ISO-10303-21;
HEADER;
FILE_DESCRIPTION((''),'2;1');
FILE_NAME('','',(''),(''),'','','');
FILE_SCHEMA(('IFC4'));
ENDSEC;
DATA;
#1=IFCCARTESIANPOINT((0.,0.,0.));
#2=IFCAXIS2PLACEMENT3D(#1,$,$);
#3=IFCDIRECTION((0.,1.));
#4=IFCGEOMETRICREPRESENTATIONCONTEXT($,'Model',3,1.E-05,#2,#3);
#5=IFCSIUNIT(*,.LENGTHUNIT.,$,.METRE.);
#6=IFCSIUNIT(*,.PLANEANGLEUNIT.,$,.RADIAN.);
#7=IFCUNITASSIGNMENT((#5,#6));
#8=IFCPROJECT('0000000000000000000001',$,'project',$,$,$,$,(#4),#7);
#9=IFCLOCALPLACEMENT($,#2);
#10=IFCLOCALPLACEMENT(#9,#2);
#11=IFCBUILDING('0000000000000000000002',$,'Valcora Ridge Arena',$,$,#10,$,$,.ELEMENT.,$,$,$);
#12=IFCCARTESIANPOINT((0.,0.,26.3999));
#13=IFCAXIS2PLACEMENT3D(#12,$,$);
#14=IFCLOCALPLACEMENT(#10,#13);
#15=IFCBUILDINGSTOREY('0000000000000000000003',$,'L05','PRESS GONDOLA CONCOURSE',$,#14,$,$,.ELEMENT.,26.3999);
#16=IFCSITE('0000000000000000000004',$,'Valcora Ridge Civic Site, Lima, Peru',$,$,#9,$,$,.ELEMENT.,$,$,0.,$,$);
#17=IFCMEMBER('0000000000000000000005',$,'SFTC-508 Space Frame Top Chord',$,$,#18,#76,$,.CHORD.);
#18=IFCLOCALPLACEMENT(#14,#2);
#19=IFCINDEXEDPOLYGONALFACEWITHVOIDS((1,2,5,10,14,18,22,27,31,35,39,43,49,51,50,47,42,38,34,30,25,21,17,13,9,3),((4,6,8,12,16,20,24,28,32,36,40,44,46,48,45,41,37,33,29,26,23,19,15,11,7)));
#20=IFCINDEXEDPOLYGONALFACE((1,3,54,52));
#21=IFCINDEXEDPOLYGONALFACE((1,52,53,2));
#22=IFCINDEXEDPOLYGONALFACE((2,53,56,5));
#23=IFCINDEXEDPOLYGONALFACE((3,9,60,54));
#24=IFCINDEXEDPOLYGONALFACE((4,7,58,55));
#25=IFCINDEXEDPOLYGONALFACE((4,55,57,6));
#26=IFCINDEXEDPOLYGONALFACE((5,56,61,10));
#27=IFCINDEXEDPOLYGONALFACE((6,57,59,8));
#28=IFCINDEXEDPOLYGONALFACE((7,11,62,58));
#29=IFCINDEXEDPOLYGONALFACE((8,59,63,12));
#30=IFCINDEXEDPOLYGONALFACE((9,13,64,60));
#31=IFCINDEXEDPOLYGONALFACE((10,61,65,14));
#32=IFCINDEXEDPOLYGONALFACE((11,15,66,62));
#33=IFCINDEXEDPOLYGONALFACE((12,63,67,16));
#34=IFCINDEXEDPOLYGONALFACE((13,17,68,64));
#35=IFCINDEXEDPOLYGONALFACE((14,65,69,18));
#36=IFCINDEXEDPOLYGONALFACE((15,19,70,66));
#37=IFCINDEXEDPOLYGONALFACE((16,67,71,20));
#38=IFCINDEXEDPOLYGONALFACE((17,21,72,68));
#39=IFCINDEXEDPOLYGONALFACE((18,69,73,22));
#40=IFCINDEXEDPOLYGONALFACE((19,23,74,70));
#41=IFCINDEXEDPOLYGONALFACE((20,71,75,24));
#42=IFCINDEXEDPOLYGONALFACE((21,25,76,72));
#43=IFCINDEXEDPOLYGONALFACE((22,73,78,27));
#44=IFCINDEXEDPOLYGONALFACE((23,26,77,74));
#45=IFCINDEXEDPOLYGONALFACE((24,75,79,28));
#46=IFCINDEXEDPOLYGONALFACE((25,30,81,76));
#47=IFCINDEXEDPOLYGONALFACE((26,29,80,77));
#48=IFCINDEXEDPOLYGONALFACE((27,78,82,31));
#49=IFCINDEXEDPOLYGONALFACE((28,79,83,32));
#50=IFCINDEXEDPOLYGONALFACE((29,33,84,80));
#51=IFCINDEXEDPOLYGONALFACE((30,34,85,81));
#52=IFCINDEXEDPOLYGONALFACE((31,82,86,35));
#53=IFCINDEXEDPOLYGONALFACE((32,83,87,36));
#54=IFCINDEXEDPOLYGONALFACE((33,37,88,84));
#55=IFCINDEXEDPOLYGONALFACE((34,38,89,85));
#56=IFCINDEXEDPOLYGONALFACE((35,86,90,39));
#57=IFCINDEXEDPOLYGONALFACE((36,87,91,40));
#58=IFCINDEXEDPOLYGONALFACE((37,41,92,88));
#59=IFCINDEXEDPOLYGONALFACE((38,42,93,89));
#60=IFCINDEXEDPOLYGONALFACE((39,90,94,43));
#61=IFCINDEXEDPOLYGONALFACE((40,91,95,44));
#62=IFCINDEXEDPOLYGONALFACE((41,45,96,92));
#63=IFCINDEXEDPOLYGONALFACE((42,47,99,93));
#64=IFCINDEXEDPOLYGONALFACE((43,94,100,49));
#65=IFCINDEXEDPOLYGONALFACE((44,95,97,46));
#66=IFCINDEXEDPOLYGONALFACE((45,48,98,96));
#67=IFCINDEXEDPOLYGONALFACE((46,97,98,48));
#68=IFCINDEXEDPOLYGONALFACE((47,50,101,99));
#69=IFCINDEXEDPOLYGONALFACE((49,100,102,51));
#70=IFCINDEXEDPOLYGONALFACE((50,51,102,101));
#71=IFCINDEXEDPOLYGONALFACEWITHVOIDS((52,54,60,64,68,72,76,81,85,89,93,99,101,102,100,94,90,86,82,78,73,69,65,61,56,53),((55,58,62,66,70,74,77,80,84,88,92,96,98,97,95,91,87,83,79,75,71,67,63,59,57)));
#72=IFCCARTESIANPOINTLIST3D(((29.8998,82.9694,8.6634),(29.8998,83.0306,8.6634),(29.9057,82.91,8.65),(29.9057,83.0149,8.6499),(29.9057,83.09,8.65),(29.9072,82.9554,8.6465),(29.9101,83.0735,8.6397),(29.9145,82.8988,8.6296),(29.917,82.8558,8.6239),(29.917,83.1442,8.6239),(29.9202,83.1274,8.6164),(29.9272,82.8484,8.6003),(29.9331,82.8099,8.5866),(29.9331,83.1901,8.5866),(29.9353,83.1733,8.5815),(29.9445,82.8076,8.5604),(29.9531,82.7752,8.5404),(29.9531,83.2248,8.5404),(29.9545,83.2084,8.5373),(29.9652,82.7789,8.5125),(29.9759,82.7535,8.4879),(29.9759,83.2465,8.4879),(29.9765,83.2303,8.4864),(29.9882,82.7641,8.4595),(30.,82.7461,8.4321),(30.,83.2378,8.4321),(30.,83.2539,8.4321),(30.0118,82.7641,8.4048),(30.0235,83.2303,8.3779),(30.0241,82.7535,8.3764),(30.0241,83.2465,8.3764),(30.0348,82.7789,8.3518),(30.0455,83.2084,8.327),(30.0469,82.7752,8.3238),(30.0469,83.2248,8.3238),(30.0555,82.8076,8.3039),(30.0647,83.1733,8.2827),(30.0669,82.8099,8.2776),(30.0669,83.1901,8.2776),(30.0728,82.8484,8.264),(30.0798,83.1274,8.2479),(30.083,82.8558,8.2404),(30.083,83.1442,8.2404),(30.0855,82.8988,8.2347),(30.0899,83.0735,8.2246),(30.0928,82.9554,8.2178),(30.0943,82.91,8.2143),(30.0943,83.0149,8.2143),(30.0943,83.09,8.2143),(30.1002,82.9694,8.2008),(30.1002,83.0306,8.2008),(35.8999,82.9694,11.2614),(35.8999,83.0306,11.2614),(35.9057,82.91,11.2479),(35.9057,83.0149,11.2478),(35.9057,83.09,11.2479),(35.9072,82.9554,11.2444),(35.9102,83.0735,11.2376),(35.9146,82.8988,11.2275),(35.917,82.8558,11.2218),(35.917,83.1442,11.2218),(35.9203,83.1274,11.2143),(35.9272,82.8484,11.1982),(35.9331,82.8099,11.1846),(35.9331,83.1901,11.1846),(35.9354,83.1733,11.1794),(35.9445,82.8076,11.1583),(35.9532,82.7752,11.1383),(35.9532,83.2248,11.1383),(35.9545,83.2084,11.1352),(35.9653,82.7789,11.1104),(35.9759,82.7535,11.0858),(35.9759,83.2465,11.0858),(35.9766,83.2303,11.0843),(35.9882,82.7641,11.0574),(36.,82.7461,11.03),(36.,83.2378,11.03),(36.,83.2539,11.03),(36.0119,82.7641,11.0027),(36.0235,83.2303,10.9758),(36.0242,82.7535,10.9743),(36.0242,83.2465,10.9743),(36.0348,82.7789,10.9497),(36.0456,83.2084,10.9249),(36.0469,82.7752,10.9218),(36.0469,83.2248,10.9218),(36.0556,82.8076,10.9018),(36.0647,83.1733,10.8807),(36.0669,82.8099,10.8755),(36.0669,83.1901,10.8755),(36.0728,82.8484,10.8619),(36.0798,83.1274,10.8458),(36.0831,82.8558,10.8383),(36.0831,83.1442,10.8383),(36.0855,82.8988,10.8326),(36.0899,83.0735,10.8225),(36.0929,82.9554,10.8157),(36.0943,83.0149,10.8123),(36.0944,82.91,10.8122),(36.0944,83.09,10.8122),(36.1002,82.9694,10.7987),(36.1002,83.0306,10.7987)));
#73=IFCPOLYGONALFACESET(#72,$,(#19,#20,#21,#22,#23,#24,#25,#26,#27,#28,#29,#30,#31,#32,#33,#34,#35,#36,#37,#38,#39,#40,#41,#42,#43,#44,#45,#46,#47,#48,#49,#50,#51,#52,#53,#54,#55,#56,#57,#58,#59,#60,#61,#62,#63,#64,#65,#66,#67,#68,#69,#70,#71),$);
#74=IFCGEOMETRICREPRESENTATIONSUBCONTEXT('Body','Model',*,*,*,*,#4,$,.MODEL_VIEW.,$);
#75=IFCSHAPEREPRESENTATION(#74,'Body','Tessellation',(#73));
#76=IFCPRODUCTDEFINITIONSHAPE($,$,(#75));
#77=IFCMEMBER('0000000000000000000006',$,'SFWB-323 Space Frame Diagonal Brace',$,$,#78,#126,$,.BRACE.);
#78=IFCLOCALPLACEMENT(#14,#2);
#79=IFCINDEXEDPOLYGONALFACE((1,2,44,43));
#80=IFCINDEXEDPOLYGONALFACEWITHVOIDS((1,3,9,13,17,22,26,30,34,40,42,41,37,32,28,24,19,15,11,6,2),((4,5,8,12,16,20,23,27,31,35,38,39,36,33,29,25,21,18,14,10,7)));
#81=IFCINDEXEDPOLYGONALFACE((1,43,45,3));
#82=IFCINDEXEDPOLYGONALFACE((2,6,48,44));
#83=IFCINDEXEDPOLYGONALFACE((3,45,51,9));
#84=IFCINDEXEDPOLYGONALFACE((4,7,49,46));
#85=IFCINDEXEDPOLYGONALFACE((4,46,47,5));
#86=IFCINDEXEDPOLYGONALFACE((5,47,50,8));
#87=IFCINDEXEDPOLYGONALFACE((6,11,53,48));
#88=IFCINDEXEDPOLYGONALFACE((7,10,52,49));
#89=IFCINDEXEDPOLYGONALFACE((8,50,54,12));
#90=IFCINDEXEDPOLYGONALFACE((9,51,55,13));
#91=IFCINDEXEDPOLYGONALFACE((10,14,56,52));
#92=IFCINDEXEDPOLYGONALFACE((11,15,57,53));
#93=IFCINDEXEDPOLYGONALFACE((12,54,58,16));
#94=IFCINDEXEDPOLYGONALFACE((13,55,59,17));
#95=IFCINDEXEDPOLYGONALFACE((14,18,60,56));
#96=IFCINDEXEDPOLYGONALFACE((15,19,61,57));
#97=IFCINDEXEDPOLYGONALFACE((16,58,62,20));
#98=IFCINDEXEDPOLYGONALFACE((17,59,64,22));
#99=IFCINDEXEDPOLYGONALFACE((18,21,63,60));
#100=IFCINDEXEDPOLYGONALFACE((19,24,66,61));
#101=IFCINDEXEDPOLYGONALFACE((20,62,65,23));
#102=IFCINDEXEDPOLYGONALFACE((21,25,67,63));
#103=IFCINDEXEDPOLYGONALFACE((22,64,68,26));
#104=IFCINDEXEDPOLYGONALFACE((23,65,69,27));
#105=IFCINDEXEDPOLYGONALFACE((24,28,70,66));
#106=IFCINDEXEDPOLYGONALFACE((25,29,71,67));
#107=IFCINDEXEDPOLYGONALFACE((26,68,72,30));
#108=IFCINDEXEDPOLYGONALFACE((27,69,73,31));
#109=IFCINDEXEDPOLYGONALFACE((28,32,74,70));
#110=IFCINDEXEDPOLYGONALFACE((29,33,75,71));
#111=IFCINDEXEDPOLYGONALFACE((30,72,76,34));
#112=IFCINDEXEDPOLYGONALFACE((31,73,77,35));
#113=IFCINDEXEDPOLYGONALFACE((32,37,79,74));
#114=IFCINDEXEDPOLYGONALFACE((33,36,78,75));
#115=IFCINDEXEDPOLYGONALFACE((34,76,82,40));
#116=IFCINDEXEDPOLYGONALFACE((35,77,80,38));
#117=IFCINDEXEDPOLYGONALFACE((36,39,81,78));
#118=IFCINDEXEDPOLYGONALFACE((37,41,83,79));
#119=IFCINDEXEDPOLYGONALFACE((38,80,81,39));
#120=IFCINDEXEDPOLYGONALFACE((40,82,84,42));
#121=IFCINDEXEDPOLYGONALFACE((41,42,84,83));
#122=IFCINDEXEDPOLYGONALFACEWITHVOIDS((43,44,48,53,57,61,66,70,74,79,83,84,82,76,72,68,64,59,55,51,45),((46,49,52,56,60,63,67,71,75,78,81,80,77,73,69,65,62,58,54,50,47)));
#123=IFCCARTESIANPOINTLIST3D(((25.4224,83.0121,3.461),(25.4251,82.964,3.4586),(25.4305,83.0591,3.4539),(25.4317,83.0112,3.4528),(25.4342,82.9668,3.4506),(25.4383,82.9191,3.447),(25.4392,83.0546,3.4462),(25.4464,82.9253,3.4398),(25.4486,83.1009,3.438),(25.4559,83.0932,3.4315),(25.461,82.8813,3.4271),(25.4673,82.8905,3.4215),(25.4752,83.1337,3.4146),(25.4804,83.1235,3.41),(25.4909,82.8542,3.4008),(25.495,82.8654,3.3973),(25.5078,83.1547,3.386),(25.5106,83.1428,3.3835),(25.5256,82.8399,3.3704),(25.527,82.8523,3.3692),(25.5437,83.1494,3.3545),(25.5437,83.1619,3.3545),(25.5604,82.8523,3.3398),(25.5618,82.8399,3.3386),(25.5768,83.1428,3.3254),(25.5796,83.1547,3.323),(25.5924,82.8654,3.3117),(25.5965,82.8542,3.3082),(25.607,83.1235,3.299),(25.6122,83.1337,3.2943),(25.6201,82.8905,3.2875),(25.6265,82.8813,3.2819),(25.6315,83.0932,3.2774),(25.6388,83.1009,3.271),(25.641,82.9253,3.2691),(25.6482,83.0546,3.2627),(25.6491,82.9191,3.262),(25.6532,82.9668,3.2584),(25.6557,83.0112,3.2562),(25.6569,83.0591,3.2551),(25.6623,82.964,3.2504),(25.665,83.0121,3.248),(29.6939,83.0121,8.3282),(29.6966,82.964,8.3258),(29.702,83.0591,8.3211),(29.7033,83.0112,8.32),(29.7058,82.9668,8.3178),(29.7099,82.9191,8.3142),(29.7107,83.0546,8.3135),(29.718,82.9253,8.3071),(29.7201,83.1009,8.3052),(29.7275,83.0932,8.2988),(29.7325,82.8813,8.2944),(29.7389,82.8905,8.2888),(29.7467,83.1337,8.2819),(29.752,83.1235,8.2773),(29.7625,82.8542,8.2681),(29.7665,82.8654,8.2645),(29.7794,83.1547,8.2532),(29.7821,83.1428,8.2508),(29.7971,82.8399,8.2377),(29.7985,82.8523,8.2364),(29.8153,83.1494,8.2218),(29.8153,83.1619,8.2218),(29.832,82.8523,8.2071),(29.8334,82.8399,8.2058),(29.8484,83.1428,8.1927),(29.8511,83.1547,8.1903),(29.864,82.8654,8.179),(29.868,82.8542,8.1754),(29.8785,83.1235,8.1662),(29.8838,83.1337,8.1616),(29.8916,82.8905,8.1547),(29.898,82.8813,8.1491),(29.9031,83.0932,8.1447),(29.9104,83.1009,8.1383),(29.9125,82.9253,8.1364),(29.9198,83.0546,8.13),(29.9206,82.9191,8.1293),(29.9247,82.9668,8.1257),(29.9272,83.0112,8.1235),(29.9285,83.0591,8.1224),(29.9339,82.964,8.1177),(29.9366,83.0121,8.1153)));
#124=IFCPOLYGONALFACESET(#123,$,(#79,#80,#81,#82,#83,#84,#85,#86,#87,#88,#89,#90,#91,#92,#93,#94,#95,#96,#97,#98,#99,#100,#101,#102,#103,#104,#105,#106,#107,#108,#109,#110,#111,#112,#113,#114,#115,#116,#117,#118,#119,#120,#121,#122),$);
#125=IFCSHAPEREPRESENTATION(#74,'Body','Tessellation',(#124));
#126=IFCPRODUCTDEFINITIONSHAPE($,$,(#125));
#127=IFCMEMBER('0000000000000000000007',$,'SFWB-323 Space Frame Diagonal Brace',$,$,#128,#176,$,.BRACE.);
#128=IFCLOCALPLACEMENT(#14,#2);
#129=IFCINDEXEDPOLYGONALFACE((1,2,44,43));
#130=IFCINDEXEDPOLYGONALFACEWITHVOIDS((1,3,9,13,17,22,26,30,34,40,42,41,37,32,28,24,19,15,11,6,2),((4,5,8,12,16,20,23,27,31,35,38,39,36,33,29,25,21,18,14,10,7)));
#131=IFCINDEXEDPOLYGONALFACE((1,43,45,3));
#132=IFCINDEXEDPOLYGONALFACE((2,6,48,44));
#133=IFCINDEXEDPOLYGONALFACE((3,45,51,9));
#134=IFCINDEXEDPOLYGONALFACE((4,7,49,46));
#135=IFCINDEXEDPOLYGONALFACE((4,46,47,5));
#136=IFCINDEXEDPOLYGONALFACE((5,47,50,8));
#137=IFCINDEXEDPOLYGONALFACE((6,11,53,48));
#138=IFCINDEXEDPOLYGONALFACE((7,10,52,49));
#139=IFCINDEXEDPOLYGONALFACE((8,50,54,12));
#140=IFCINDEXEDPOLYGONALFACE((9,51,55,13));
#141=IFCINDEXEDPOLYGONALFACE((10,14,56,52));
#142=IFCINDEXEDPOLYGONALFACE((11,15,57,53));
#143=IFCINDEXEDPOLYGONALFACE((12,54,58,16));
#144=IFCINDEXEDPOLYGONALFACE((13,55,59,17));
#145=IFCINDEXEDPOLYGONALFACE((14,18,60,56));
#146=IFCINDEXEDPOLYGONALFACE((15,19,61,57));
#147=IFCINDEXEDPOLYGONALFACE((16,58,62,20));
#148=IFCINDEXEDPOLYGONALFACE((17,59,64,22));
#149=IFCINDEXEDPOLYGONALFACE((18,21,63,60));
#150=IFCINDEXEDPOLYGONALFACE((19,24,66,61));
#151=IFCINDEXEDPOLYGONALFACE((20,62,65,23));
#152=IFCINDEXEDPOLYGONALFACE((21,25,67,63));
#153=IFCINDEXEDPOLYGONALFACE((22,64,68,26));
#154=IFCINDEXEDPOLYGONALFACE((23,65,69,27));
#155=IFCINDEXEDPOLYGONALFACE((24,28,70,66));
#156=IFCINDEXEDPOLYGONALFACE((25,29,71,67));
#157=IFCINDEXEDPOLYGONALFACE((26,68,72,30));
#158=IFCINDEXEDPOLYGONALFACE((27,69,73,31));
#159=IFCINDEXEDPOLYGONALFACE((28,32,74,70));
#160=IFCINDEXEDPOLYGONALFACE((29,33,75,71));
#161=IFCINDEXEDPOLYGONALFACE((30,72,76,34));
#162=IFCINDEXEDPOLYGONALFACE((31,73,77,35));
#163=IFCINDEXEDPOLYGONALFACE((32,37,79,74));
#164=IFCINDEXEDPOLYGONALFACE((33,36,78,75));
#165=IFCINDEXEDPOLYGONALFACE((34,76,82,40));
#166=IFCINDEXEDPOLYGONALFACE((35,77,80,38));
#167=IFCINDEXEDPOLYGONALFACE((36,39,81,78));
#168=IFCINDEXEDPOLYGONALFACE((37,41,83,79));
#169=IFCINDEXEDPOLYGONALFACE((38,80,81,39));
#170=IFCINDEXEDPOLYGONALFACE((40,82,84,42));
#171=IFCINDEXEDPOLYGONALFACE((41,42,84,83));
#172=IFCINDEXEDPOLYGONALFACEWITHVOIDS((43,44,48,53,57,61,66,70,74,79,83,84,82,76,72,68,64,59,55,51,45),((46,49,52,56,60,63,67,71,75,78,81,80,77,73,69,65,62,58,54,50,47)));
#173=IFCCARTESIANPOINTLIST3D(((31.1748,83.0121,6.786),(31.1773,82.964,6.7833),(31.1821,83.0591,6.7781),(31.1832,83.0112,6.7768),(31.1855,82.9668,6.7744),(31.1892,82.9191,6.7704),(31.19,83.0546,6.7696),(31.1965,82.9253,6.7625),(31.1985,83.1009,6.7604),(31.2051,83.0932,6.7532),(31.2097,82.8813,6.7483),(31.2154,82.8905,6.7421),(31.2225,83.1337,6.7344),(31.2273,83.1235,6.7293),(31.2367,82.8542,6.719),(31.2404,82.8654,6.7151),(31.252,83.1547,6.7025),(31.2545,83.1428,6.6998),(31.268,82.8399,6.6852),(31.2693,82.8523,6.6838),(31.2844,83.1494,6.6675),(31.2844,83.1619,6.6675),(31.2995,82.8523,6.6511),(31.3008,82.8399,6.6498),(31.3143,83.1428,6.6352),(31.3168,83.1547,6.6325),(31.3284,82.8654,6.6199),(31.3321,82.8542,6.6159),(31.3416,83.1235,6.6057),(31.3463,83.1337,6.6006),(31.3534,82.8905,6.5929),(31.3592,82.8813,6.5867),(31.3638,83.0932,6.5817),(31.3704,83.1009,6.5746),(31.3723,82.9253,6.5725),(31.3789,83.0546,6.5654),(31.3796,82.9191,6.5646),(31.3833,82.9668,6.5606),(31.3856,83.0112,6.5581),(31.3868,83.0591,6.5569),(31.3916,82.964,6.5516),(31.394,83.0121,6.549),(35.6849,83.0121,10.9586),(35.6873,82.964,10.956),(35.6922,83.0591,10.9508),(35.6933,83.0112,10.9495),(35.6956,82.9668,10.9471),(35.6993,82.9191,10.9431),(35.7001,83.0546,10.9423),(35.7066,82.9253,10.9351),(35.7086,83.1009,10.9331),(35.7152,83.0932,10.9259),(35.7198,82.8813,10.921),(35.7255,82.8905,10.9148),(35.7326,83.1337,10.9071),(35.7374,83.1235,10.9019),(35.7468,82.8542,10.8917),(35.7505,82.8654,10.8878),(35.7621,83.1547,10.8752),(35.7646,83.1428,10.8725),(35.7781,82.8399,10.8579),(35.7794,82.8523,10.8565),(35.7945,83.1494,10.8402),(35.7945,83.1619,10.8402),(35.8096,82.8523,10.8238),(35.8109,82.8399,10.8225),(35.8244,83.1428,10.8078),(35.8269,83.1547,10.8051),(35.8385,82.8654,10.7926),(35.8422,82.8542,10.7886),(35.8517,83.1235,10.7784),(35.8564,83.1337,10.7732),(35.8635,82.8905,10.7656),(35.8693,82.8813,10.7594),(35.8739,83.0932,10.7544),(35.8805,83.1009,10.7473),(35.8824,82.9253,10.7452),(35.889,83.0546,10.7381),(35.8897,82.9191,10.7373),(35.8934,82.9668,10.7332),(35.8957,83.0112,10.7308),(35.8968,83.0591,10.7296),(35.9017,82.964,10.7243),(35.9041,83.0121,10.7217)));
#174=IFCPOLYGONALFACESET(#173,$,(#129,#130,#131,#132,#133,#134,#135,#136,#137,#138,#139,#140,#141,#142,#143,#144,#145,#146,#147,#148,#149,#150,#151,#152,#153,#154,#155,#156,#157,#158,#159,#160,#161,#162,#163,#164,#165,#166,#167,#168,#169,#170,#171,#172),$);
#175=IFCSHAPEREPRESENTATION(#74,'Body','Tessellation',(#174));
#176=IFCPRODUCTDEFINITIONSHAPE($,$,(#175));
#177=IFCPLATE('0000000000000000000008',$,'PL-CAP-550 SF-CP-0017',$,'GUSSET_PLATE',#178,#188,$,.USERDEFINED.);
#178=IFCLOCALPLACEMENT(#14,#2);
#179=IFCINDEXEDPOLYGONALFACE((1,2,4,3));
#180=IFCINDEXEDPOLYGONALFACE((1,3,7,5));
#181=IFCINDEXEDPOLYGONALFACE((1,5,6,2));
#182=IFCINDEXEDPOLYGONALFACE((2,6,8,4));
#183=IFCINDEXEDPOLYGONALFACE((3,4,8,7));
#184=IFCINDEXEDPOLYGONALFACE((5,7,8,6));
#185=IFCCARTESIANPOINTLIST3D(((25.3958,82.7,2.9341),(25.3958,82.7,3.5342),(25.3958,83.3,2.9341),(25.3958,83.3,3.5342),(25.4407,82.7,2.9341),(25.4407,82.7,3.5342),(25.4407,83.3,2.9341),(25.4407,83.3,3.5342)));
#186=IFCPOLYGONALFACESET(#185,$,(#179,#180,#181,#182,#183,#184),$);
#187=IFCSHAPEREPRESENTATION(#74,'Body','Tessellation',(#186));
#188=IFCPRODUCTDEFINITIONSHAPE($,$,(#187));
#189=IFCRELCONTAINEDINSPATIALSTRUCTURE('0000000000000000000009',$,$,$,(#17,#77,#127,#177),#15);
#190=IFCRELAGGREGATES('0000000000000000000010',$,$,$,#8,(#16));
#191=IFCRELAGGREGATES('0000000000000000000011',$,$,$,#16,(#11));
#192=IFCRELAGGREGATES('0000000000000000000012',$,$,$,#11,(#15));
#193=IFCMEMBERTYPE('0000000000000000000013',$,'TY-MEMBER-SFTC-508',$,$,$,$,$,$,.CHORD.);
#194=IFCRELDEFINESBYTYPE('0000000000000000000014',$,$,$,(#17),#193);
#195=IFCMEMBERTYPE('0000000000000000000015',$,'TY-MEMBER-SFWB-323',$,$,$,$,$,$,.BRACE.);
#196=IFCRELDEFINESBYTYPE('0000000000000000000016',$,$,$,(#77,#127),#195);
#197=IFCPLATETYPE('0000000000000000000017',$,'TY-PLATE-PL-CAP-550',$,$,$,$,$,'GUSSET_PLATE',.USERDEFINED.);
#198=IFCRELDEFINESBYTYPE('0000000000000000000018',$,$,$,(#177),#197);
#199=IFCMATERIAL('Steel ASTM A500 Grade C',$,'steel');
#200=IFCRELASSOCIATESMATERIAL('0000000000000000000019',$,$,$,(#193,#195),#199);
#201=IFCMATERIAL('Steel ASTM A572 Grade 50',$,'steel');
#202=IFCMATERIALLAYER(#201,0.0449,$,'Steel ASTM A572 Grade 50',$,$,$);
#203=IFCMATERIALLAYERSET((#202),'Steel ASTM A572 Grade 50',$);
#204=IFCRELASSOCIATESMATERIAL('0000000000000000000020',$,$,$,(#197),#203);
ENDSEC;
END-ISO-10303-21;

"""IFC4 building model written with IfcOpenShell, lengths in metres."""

from ifc_helpers import new_model, si_unit, direction, frame, origin, origin_2d, place, context, subcontext, project, spatial, rectangle, hollow_circle, extrude, material, layer, layer_set, material_profile, profile_set, type_object, element, save


model = new_model("IFC4")

# Units and contexts
model_context = context("Model", 3, precision=1e-05, world=origin(), true_north=direction((0.0, 1.0)))
body_context = subcontext(model_context, "Body", "Model", "MODEL_VIEW")
ifc_project = project(units=[si_unit("LENGTHUNIT", "METRE"), si_unit("PLANEANGLEUNIT", "RADIAN")], contexts=[model_context])

# Site, building, storey
site_placement = place(None, origin())
site = spatial("IfcSite", under=ifc_project, at=site_placement, Name="Valcora Ridge Civic Site, Lima, Peru", CompositionType="ELEMENT", RefElevation=0.0)
building_placement = place(site_placement, origin())
building = spatial("IfcBuilding", under=site, at=building_placement, Name="Valcora Ridge Arena", CompositionType="ELEMENT")
storey_placement = place(building_placement, frame((0.0, 0.0, 26.3999)))
storey = spatial("IfcBuildingStorey", under=building, at=storey_placement, Name="L05", Description="PRESS GONDOLA CONCOURSE", CompositionType="ELEMENT", Elevation=26.3999)

# Members
ifc_material_1 = material(Name="Steel ASTM A572 Grade 50", Category="steel")
ifc_material_2 = material(Name="Steel ASTM A500 Grade C", Category="steel")
ifc_material_profile_1 = material_profile(ifc_material_2, hollow_circle(Radius=0.2539, WallThickness=0.0161, at=origin_2d()), Name="CHS508X16")
ifc_profile_set_1 = profile_set([ifc_material_profile_1], Name="Steel ASTM A500 Grade C")
member_type_1 = type_object("IfcMemberType", Name="TY-MEMBER-SFTC-508", PredefinedType="CHORD", material=ifc_profile_set_1)
member_1_placement = place(storey_placement, frame((30.0, 83.0, 8.4321), z_axis=(0.917673, 0.0, 0.397337), x_axis=(0.0, 1.0, 0.0)))
element("IfcMember", 1, at=member_1_placement, inside=storey, type_object=member_type_1, Name="SFTC-508 Space Frame Top Chord", PredefinedType="CHORD", context=body_context, shape_type="SweptSolid", body=[
    extrude(hollow_circle(Radius=0.2539, WallThickness=0.0161, at=origin_2d()), origin(), (0.0, 0.0, 1.0), 6.5383),
])
ifc_material_profile_2 = material_profile(ifc_material_2, hollow_circle(Radius=0.1619, WallThickness=0.0125, at=origin_2d()), Name="CHS323X12")
ifc_profile_set_2 = profile_set([ifc_material_profile_2], Name="Steel ASTM A500 Grade C")
member_type_2 = type_object("IfcMemberType", Name="TY-MEMBER-SFWB-323", PredefinedType="BRACE", material=ifc_profile_set_2)
member_2_placement = place(storey_placement, frame((25.5437, 83.0, 3.3545), z_axis=(0.659614, 0.0, 0.751604), x_axis=(0.0, 1.0, 0.0)))
element("IfcMember", 2, at=member_2_placement, inside=storey, type_object=member_type_2, Name="SFWB-323 Space Frame Diagonal Brace", PredefinedType="BRACE", context=body_context, shape_type="SweptSolid", body=[
    extrude(hollow_circle(Radius=0.1619, WallThickness=0.0125, at=origin_2d()), origin(), (0.0, 0.0, 1.0), 6.4758),
])
member_3_placement = place(storey_placement, frame((31.2844, 83.0, 6.6675), z_axis=(0.734031, 0.0, 0.679116), x_axis=(0.0, 1.0, 0.0)))
element("IfcMember", 3, at=member_3_placement, inside=storey, type_object=member_type_2, Name="SFWB-323 Space Frame Diagonal Brace", PredefinedType="BRACE", context=body_context, shape_type="SweptSolid", body=[
    extrude(hollow_circle(Radius=0.1619, WallThickness=0.0125, at=origin_2d()), origin(), (0.0, 0.0, 1.0), 6.1443),
])

# Plate
ifc_layer_1 = layer(ifc_material_1, 0.0449, Name="Steel ASTM A572 Grade 50")
ifc_layer_set_1 = layer_set([ifc_layer_1], Name="Steel ASTM A572 Grade 50")
plate_type_1 = type_object("IfcPlateType", Name="TY-PLATE-PL-CAP-550", ElementType="GUSSET_PLATE", PredefinedType="USERDEFINED", material=ifc_layer_set_1)
plate_placement = place(storey_placement, frame((25.4182, 83.0, 2.9341), z_axis=(0.0, 0.0, 1.0), x_axis=(1.0, 0.0, 0.0)))
element("IfcPlate", 4, at=plate_placement, inside=storey, type_object=plate_type_1, Name="PL-CAP-550 SF-CP-0017", ObjectType="GUSSET_PLATE", PredefinedType="USERDEFINED", context=body_context, shape_type="SweptSolid", body=[
    extrude(rectangle(XDim=0.0449, YDim=0.6001, at=origin_2d()), origin(), (0.0, 0.0, 1.0), 0.6001),
])

save(model, "model.ifc")
